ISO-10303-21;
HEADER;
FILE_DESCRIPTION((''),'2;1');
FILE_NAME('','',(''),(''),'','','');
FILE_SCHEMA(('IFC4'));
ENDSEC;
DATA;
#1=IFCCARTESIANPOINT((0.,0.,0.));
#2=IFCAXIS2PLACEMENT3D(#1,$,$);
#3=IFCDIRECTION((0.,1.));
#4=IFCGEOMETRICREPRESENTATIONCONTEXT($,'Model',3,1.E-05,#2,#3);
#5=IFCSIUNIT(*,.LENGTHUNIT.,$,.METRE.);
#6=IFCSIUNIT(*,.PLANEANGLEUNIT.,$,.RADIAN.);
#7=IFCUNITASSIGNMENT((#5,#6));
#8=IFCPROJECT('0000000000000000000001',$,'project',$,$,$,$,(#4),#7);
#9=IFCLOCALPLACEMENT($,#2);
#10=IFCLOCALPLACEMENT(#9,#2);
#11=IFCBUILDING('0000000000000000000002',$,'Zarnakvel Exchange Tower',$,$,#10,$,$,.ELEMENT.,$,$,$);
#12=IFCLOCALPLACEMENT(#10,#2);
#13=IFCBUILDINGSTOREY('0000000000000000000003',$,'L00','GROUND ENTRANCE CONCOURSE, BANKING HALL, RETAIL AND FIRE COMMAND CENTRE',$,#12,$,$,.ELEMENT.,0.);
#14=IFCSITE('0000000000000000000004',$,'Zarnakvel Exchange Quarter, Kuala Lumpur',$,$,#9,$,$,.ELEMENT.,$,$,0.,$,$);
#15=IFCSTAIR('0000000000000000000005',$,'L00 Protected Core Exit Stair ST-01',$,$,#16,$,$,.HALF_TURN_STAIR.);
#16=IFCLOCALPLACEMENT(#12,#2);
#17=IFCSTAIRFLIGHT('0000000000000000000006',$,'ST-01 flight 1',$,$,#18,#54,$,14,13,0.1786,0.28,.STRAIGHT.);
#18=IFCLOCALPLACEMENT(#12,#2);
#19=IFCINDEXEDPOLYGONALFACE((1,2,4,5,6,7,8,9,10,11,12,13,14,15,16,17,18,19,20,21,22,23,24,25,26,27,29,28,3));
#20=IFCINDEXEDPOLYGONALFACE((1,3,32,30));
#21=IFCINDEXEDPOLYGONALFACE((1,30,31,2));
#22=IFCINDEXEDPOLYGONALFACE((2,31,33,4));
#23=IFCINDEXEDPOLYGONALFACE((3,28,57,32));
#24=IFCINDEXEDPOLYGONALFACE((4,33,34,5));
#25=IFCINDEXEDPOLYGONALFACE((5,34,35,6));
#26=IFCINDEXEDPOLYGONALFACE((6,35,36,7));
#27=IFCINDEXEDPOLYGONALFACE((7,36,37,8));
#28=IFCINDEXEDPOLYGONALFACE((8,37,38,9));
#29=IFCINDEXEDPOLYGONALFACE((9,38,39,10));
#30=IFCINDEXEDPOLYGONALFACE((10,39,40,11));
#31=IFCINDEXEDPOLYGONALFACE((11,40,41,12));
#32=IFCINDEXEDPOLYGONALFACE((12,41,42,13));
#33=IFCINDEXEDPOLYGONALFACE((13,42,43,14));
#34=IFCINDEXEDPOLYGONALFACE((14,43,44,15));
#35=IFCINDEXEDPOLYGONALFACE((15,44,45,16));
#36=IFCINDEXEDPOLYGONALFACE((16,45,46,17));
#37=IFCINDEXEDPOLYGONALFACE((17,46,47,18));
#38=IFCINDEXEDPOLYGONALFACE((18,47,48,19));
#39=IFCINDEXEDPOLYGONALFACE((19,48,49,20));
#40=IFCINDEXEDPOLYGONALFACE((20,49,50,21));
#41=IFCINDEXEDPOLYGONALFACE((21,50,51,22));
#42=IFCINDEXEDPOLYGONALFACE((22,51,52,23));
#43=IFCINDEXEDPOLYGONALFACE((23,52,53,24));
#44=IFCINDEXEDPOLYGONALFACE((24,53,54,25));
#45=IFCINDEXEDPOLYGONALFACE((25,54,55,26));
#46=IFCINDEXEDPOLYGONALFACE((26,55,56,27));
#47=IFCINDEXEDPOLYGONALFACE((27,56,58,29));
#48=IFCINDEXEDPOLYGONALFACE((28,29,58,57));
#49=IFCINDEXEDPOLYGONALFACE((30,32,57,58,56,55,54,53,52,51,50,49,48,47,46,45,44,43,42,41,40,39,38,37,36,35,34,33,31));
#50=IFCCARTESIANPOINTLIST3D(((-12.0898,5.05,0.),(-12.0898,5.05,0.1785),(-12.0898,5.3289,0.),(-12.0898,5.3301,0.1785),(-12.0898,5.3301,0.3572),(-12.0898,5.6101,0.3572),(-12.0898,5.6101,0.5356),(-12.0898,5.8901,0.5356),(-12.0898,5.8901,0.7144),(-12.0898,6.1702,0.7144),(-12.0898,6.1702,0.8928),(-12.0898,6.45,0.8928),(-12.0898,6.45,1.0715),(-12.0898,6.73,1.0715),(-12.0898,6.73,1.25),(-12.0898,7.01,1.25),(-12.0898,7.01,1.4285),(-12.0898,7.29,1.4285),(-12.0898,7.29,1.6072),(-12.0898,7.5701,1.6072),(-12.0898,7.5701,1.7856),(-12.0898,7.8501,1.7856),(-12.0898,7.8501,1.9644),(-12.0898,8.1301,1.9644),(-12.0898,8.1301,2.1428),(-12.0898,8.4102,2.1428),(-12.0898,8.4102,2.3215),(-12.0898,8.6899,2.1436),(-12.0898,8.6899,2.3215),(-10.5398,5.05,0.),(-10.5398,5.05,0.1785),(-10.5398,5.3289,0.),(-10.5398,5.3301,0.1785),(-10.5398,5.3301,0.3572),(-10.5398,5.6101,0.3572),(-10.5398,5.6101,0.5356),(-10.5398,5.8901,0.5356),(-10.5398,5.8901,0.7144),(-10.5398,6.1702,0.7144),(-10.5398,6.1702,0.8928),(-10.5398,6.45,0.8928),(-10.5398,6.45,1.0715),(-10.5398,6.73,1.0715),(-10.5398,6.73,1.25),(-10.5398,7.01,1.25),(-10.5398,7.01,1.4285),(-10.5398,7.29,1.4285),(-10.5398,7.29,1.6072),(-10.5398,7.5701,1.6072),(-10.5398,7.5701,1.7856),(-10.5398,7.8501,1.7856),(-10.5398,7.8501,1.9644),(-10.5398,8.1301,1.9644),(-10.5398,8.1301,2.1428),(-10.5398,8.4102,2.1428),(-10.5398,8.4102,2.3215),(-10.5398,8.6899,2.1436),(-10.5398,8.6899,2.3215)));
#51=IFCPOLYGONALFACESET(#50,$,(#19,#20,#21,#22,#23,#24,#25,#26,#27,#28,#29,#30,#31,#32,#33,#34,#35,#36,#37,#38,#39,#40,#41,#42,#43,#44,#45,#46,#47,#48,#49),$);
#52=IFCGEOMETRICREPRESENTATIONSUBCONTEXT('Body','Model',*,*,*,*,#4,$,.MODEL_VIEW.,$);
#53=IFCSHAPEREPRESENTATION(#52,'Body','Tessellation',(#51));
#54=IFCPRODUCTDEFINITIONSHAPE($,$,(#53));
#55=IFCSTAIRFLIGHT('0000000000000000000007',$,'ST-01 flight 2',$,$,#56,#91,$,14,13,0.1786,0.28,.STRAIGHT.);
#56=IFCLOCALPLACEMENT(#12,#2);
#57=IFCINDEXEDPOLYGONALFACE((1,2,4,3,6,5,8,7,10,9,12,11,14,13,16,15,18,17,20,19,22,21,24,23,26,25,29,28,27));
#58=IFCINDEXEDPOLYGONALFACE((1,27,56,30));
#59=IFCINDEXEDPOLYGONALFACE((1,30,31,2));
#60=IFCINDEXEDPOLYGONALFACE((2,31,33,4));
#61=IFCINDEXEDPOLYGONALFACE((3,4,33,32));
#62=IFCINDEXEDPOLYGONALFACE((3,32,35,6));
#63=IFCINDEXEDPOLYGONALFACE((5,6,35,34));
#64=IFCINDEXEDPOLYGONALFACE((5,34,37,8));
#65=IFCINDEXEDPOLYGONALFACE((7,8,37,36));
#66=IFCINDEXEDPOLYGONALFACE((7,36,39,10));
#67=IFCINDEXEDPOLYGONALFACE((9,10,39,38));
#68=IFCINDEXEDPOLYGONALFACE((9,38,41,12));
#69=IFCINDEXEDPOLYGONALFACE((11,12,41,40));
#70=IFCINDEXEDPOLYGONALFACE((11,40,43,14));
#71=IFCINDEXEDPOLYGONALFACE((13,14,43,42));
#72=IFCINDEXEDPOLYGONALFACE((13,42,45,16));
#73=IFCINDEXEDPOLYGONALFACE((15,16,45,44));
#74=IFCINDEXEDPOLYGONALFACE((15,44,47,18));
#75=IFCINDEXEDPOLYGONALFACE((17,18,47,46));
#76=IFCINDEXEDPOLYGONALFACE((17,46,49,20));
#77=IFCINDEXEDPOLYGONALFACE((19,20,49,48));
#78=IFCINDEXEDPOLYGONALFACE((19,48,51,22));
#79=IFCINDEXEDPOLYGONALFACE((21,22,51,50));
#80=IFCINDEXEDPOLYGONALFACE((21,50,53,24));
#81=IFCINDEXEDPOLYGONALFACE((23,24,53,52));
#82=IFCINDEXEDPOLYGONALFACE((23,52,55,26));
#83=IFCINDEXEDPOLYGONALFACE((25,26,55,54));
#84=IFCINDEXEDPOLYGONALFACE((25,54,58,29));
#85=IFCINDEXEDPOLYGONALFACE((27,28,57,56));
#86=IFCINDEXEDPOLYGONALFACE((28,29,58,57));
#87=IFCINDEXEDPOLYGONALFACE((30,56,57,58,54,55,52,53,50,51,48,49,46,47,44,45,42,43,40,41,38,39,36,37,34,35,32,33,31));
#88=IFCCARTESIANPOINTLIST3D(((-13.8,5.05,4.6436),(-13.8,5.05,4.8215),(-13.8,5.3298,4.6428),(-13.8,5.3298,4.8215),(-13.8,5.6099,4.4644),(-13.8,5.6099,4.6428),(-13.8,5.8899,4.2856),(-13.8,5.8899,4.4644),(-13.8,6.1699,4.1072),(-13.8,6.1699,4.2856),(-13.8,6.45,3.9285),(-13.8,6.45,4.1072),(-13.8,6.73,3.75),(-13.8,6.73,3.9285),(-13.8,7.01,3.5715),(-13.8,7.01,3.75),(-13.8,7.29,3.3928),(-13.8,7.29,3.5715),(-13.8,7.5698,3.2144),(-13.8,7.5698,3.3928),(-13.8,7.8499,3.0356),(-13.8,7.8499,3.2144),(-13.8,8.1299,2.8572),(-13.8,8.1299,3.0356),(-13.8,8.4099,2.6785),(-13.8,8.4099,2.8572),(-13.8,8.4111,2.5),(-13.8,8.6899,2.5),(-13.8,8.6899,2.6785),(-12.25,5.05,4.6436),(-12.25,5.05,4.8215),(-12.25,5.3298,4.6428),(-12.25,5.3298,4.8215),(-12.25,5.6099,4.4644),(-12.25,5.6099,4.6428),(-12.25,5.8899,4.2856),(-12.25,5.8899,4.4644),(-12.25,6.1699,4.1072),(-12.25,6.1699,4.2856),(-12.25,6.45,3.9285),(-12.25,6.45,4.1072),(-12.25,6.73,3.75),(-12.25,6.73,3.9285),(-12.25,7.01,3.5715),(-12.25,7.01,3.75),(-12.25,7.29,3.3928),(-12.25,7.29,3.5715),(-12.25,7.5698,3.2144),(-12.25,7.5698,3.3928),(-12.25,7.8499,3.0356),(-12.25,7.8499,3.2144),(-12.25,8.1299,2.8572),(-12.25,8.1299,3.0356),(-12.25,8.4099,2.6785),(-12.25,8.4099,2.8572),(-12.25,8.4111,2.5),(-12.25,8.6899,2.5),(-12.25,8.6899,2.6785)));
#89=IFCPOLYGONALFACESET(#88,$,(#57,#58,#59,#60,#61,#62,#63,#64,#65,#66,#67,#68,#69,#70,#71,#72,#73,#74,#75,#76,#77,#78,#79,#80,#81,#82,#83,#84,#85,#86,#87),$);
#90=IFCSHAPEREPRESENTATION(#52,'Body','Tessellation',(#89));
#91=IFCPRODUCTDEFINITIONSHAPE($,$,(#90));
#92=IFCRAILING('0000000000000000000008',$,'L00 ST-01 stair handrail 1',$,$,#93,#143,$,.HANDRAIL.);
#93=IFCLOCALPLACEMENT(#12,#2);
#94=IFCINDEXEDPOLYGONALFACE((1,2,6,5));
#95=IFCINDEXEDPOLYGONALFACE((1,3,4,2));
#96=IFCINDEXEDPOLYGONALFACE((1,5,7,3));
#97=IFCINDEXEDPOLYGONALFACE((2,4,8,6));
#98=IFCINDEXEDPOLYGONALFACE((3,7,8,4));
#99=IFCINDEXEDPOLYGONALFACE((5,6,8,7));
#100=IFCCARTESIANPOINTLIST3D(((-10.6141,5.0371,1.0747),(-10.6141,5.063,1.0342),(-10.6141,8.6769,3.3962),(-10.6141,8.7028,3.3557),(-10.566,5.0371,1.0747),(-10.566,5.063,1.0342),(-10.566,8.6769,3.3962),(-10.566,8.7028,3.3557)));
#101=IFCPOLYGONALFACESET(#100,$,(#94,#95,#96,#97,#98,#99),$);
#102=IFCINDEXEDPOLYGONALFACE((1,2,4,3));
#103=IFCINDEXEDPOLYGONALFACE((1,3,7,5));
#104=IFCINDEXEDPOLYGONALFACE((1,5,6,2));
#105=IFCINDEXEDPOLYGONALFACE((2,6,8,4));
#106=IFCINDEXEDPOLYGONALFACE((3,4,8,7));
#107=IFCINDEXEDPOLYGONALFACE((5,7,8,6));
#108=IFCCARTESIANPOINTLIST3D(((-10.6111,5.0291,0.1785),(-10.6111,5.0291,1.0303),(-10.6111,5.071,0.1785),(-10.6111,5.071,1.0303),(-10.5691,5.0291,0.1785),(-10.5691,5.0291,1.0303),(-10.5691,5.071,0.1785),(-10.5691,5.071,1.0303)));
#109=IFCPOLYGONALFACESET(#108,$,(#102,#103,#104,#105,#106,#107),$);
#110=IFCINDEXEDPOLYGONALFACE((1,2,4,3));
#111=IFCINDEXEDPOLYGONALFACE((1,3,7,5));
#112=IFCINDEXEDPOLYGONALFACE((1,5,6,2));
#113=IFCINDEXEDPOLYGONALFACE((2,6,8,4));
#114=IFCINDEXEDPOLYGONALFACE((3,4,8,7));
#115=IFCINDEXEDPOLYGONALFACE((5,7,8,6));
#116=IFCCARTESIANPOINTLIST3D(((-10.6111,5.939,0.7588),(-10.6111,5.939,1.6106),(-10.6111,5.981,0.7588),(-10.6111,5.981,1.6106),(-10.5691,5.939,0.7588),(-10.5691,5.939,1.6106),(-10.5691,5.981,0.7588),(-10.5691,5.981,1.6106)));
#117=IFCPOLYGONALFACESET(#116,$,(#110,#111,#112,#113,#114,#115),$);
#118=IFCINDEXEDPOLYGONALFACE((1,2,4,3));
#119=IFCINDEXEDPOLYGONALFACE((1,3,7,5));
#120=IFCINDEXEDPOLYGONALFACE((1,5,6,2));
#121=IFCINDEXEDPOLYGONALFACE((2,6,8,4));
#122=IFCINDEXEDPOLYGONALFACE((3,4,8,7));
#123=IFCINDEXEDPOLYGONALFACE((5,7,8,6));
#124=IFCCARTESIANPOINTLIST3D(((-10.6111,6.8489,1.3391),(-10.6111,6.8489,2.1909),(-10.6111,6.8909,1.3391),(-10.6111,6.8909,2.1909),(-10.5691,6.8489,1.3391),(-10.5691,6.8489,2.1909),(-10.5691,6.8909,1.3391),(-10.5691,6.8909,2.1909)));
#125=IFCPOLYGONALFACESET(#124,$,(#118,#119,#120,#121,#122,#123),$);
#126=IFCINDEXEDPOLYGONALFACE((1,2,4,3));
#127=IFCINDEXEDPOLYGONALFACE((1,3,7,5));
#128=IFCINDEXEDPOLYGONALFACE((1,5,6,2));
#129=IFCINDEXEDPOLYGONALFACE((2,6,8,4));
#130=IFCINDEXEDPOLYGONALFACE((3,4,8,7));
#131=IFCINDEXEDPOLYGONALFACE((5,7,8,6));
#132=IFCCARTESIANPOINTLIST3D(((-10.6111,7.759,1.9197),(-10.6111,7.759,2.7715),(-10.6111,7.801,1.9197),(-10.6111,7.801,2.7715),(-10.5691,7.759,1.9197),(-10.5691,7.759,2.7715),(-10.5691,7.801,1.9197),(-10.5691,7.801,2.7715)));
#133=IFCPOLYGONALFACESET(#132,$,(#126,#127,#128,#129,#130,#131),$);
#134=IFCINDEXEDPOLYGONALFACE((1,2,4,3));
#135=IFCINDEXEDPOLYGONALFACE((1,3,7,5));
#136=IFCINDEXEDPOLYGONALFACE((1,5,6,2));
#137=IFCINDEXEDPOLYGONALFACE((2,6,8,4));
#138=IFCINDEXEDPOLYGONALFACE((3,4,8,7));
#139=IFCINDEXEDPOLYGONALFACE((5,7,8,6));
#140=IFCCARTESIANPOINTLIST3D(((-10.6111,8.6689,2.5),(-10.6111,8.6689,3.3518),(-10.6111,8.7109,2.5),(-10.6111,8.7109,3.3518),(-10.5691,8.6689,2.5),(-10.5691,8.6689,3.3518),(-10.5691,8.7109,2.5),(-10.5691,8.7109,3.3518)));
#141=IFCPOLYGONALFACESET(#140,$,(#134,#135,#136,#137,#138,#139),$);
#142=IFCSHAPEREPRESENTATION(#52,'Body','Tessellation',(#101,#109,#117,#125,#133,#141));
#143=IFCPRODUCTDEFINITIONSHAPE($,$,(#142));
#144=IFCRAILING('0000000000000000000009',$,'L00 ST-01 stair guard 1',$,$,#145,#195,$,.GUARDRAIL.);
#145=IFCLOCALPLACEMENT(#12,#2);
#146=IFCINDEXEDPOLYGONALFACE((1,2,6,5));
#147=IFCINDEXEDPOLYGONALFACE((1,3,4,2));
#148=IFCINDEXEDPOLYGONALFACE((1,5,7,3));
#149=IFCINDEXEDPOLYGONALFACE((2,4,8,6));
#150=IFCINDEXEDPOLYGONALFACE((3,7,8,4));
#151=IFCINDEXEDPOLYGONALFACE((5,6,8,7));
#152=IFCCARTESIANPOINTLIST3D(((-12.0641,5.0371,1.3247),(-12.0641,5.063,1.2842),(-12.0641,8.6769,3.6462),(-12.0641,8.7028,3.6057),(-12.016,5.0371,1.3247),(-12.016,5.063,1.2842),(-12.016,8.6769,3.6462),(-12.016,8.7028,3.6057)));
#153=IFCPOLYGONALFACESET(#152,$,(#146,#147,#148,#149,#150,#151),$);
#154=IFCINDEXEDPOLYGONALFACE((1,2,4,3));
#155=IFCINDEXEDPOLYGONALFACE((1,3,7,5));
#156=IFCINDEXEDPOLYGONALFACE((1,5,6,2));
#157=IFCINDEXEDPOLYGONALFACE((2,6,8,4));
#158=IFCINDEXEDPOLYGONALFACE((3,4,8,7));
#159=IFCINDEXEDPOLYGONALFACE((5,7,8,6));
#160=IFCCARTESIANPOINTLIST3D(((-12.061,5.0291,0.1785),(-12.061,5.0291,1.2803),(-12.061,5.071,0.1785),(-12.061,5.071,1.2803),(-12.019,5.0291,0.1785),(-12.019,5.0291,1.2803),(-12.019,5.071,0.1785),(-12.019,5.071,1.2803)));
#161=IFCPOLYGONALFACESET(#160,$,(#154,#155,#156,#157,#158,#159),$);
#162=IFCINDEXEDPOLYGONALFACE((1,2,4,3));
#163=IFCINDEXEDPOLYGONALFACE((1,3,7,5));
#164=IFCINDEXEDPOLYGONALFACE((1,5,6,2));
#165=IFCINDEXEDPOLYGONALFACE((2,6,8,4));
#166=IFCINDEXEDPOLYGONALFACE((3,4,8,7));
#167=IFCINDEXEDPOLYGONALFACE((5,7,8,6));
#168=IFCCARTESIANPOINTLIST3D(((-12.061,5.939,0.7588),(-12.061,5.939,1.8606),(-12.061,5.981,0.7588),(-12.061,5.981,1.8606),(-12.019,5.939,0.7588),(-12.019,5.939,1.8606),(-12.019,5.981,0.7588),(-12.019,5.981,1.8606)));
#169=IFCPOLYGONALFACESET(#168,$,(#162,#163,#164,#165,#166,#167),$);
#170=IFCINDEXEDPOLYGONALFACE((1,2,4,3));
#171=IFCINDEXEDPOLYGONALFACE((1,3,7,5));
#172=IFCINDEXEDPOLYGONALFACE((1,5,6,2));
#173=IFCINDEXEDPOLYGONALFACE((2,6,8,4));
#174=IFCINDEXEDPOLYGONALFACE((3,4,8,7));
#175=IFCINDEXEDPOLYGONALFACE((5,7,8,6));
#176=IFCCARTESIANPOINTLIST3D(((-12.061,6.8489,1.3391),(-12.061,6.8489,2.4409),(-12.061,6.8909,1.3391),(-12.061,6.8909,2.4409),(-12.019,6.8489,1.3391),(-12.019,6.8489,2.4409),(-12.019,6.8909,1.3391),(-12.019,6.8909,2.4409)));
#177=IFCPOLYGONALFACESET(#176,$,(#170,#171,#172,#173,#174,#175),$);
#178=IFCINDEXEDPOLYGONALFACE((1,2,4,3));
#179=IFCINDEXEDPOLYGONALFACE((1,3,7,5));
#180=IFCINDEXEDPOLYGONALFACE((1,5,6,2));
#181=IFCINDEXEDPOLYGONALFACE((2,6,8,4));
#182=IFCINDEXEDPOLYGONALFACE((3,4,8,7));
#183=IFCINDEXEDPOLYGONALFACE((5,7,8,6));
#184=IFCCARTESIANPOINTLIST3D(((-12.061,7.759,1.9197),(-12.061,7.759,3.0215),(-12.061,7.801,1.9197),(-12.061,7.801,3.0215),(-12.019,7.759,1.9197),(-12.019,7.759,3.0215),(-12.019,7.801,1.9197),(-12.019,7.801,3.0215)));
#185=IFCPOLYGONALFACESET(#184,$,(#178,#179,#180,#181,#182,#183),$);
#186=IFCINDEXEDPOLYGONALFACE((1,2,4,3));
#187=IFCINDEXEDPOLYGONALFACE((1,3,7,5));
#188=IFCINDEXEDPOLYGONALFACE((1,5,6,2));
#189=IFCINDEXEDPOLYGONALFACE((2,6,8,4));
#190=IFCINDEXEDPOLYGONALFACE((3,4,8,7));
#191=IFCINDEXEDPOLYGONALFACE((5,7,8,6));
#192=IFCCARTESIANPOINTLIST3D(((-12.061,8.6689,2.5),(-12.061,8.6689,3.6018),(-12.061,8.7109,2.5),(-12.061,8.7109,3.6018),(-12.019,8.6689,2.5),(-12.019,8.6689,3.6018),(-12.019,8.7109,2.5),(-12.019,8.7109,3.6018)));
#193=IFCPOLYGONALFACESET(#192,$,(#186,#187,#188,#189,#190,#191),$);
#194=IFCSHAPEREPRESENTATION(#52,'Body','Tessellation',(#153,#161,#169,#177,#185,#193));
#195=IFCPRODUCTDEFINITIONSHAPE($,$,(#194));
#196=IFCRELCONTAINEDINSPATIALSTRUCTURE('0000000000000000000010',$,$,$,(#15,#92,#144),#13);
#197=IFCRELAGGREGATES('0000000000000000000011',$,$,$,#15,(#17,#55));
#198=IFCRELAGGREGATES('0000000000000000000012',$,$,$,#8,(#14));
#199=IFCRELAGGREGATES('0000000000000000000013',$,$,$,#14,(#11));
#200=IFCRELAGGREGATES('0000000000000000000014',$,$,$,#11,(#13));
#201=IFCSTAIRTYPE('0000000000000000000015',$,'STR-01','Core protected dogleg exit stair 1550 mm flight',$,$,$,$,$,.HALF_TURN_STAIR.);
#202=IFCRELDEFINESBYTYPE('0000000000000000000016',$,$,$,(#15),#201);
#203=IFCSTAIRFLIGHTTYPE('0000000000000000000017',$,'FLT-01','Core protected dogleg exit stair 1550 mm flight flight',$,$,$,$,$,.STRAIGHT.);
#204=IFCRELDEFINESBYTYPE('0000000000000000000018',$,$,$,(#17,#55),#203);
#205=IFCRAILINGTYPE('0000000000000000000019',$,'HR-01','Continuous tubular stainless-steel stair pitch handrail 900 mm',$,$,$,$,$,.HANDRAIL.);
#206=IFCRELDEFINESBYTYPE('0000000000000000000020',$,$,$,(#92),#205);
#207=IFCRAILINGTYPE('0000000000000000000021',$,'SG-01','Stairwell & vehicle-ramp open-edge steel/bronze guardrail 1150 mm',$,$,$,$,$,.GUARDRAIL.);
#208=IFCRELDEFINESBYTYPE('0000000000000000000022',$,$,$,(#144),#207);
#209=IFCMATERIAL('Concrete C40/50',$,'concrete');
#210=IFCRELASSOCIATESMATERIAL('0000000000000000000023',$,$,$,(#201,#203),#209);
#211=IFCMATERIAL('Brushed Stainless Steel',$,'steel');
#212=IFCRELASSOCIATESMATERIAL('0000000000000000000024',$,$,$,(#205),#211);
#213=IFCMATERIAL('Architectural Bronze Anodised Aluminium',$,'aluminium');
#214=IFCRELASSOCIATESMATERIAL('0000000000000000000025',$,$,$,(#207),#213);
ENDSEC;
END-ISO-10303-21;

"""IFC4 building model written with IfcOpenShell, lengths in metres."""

from ifc_helpers import new_model, si_unit, direction, frame, origin, origin_2d, place, context, subcontext, project, spatial, polyline, rectangle, outline, extrude, material, type_object, element, aggregate, save


model = new_model("IFC4")

# Units and contexts
model_context = context("Model", 3, precision=1e-05, world=origin(), true_north=direction((0.0, 1.0)))
body_context = subcontext(model_context, "Body", "Model", "MODEL_VIEW")
ifc_project = project(units=[si_unit("LENGTHUNIT", "METRE"), si_unit("PLANEANGLEUNIT", "RADIAN")], contexts=[model_context])

# Site, building, storey
site_placement = place(None, origin())
site = spatial("IfcSite", under=ifc_project, at=site_placement, Name="Zarnakvel Exchange Quarter, Kuala Lumpur", CompositionType="ELEMENT", RefElevation=0.0)
building_placement = place(site_placement, origin())
building = spatial("IfcBuilding", under=site, at=building_placement, Name="Zarnakvel Exchange Tower", CompositionType="ELEMENT")
storey_placement = place(building_placement, origin())
storey = spatial("IfcBuildingStorey", under=building, at=storey_placement, Name="L00", Description="GROUND ENTRANCE CONCOURSE, BANKING HALL, RETAIL AND FIRE COMMAND CENTRE", CompositionType="ELEMENT", Elevation=0.0)

# Shared definitions
ifc_material_1 = material(Name="Concrete C40/50", Category="concrete")
ifc_material_2 = material(Name="Brushed Stainless Steel", Category="steel")

# Shared definitions
ifc_material_3 = material(Name="Architectural Bronze Anodised Aluminium", Category="aluminium")

# Stair, stair flights
stair_type = type_object("IfcStairType", Name="STR-01", Description="Core protected dogleg exit stair 1550 mm flight", PredefinedType="HALF_TURN_STAIR", material=ifc_material_1)
stair_placement = place(storey_placement, origin())
stair = element("IfcStair", 1, at=stair_placement, inside=storey, type_object=stair_type, Name="L00 Protected Core Exit Stair ST-01", PredefinedType="HALF_TURN_STAIR")
stair_flight_type = type_object("IfcStairFlightType", Name="FLT-01", Description="Core protected dogleg exit stair 1550 mm flight flight", PredefinedType="STRAIGHT", material=ifc_material_1)
stair_flight_1_placement = place(storey_placement, frame((-11.3149, 5.05, 0.0), z_axis=(0.0, 0.0, 1.0), x_axis=(0.0, 1.0, 0.0)))
stair_flight_1 = element("IfcStairFlight", 2, at=stair_flight_1_placement, type_object=stair_flight_type, Name="ST-01 flight 1", NumberOfRisers=14, NumberOfTreads=13, PredefinedType="STRAIGHT", RiserHeight=0.1786, TreadLength=0.28, context=body_context, shape_type="SweptSolid", body=[
    extrude(outline(polyline([(0.0, 0.0), (0.0, 0.1785), (0.28, 0.1785), (0.28, 0.3572), (0.5601, 0.3572), (0.5601, 0.5356), (0.8401, 0.5356), (0.8401, 0.7144), (1.1201, 0.7144), (1.1201, 0.8928), (1.3999, 0.8928), (1.3999, 1.0715), (1.6799, 1.0715), (1.6799, 1.25), (1.96, 1.25), (1.96, 1.4285), (2.24, 1.4285), (2.24, 1.6072), (2.52, 1.6072), (2.52, 1.7856), (2.8, 1.7856), (2.8, 1.9644), (3.0801, 1.9644), (3.0801, 2.1428), (3.3601, 2.1428), (3.3601, 2.3215), (3.6399, 2.3215), (3.6399, 2.5), (3.6399, 2.1436), (0.2788, 0.0), (0.0, 0.0)])), frame((0.0, 0.7749, 0.0), z_axis=(0.0, -1.0, 0.0), x_axis=(1.0, 0.0, 0.0)), (0.0, 0.0, 1.0), 1.55),
])
stair_flight_2_placement = place(storey_placement, frame((-13.0249, 8.6899, 2.5), z_axis=(0.0, 0.0, 1.0), x_axis=(0.0, -1.0, 0.0)))
stair_flight_2 = element("IfcStairFlight", 3, at=stair_flight_2_placement, type_object=stair_flight_type, Name="ST-01 flight 2", NumberOfRisers=14, NumberOfTreads=13, PredefinedType="STRAIGHT", RiserHeight=0.1786, TreadLength=0.28, context=body_context, shape_type="SweptSolid", body=[
    extrude(outline(polyline([(0.0, 0.0), (0.0, 0.1785), (0.28, 0.1785), (0.28, 0.3572), (0.5601, 0.3572), (0.5601, 0.5356), (0.8401, 0.5356), (0.8401, 0.7144), (1.1201, 0.7144), (1.1201, 0.8928), (1.3999, 0.8928), (1.3999, 1.0715), (1.6799, 1.0715), (1.6799, 1.25), (1.96, 1.25), (1.96, 1.4285), (2.24, 1.4285), (2.24, 1.6072), (2.52, 1.6072), (2.52, 1.7856), (2.8, 1.7856), (2.8, 1.9644), (3.0801, 1.9644), (3.0801, 2.1428), (3.3601, 2.1428), (3.3601, 2.3215), (3.6399, 2.3215), (3.6399, 2.5), (3.6399, 2.1436), (0.2788, 0.0), (0.0, 0.0)])), frame((0.0, 0.7749, 0.0), z_axis=(0.0, -1.0, 0.0), x_axis=(1.0, 0.0, 0.0)), (0.0, 0.0, 1.0), 1.55),
])
aggregate(stair, [stair_flight_1, stair_flight_2])

# Railings
railing_type_1 = type_object("IfcRailingType", Name="HR-01", Description="Continuous tubular stainless-steel stair pitch handrail 900 mm", PredefinedType="HANDRAIL", material=ifc_material_2)
railing_1_placement = place(storey_placement, frame((-10.5901, 5.05, 0.1785)))
element("IfcRailing", 4, at=railing_1_placement, inside=storey, type_object=railing_type_1, Name="L00 ST-01 stair handrail 1", PredefinedType="HANDRAIL", context=body_context, shape_type="SweptSolid", body=[
    extrude(rectangle(XDim=0.0481, YDim=0.0481, at=origin_2d()), frame((0.0, 0.0, 0.876), z_axis=(0.0, 0.843112, 0.537739), x_axis=(-1.0, 0.0, 0.0)), (0.0, 0.0, 1.0), 4.3171),
    extrude(rectangle(XDim=0.042, YDim=0.042, at=origin_2d()), origin(), (0.0, 0.0, 1.0), 0.8518),
    extrude(rectangle(XDim=0.042, YDim=0.042, at=origin_2d()), frame((0.0, 0.9099, 0.5803)), (0.0, 0.0, 1.0), 0.8518),
    extrude(rectangle(XDim=0.042, YDim=0.042, at=origin_2d()), frame((0.0, 1.8198, 1.1606)), (0.0, 0.0, 1.0), 0.8518),
    extrude(rectangle(XDim=0.042, YDim=0.042, at=origin_2d()), frame((0.0, 2.73, 1.7412)), (0.0, 0.0, 1.0), 0.8518),
    extrude(rectangle(XDim=0.042, YDim=0.042, at=origin_2d()), frame((0.0, 3.6399, 2.3215)), (0.0, 0.0, 1.0), 0.8518),
])
railing_type_2 = type_object("IfcRailingType", Name="SG-01", Description="Stairwell & vehicle-ramp open-edge steel/bronze guardrail 1150 mm", PredefinedType="GUARDRAIL", material=ifc_material_3)
railing_2_placement = place(storey_placement, frame((-12.04, 5.05, 0.1785)))
element("IfcRailing", 5, at=railing_2_placement, inside=storey, type_object=railing_type_2, Name="L00 ST-01 stair guard 1", PredefinedType="GUARDRAIL", context=body_context, shape_type="SweptSolid", body=[
    extrude(rectangle(XDim=0.0481, YDim=0.0481, at=origin_2d()), frame((0.0, 0.0, 1.126), z_axis=(0.0, 0.843112, 0.537739), x_axis=(-1.0, 0.0, 0.0)), (0.0, 0.0, 1.0), 4.3171),
    extrude(rectangle(XDim=0.042, YDim=0.042, at=origin_2d()), origin(), (0.0, 0.0, 1.0), 1.1018),
    extrude(rectangle(XDim=0.042, YDim=0.042, at=origin_2d()), frame((0.0, 0.9099, 0.5803)), (0.0, 0.0, 1.0), 1.1018),
    extrude(rectangle(XDim=0.042, YDim=0.042, at=origin_2d()), frame((0.0, 1.8198, 1.1606)), (0.0, 0.0, 1.0), 1.1018),
    extrude(rectangle(XDim=0.042, YDim=0.042, at=origin_2d()), frame((0.0, 2.73, 1.7412)), (0.0, 0.0, 1.0), 1.1018),
    extrude(rectangle(XDim=0.042, YDim=0.042, at=origin_2d()), frame((0.0, 3.6399, 2.3215)), (0.0, 0.0, 1.0), 1.1018),
])

save(model, "model.ifc")
